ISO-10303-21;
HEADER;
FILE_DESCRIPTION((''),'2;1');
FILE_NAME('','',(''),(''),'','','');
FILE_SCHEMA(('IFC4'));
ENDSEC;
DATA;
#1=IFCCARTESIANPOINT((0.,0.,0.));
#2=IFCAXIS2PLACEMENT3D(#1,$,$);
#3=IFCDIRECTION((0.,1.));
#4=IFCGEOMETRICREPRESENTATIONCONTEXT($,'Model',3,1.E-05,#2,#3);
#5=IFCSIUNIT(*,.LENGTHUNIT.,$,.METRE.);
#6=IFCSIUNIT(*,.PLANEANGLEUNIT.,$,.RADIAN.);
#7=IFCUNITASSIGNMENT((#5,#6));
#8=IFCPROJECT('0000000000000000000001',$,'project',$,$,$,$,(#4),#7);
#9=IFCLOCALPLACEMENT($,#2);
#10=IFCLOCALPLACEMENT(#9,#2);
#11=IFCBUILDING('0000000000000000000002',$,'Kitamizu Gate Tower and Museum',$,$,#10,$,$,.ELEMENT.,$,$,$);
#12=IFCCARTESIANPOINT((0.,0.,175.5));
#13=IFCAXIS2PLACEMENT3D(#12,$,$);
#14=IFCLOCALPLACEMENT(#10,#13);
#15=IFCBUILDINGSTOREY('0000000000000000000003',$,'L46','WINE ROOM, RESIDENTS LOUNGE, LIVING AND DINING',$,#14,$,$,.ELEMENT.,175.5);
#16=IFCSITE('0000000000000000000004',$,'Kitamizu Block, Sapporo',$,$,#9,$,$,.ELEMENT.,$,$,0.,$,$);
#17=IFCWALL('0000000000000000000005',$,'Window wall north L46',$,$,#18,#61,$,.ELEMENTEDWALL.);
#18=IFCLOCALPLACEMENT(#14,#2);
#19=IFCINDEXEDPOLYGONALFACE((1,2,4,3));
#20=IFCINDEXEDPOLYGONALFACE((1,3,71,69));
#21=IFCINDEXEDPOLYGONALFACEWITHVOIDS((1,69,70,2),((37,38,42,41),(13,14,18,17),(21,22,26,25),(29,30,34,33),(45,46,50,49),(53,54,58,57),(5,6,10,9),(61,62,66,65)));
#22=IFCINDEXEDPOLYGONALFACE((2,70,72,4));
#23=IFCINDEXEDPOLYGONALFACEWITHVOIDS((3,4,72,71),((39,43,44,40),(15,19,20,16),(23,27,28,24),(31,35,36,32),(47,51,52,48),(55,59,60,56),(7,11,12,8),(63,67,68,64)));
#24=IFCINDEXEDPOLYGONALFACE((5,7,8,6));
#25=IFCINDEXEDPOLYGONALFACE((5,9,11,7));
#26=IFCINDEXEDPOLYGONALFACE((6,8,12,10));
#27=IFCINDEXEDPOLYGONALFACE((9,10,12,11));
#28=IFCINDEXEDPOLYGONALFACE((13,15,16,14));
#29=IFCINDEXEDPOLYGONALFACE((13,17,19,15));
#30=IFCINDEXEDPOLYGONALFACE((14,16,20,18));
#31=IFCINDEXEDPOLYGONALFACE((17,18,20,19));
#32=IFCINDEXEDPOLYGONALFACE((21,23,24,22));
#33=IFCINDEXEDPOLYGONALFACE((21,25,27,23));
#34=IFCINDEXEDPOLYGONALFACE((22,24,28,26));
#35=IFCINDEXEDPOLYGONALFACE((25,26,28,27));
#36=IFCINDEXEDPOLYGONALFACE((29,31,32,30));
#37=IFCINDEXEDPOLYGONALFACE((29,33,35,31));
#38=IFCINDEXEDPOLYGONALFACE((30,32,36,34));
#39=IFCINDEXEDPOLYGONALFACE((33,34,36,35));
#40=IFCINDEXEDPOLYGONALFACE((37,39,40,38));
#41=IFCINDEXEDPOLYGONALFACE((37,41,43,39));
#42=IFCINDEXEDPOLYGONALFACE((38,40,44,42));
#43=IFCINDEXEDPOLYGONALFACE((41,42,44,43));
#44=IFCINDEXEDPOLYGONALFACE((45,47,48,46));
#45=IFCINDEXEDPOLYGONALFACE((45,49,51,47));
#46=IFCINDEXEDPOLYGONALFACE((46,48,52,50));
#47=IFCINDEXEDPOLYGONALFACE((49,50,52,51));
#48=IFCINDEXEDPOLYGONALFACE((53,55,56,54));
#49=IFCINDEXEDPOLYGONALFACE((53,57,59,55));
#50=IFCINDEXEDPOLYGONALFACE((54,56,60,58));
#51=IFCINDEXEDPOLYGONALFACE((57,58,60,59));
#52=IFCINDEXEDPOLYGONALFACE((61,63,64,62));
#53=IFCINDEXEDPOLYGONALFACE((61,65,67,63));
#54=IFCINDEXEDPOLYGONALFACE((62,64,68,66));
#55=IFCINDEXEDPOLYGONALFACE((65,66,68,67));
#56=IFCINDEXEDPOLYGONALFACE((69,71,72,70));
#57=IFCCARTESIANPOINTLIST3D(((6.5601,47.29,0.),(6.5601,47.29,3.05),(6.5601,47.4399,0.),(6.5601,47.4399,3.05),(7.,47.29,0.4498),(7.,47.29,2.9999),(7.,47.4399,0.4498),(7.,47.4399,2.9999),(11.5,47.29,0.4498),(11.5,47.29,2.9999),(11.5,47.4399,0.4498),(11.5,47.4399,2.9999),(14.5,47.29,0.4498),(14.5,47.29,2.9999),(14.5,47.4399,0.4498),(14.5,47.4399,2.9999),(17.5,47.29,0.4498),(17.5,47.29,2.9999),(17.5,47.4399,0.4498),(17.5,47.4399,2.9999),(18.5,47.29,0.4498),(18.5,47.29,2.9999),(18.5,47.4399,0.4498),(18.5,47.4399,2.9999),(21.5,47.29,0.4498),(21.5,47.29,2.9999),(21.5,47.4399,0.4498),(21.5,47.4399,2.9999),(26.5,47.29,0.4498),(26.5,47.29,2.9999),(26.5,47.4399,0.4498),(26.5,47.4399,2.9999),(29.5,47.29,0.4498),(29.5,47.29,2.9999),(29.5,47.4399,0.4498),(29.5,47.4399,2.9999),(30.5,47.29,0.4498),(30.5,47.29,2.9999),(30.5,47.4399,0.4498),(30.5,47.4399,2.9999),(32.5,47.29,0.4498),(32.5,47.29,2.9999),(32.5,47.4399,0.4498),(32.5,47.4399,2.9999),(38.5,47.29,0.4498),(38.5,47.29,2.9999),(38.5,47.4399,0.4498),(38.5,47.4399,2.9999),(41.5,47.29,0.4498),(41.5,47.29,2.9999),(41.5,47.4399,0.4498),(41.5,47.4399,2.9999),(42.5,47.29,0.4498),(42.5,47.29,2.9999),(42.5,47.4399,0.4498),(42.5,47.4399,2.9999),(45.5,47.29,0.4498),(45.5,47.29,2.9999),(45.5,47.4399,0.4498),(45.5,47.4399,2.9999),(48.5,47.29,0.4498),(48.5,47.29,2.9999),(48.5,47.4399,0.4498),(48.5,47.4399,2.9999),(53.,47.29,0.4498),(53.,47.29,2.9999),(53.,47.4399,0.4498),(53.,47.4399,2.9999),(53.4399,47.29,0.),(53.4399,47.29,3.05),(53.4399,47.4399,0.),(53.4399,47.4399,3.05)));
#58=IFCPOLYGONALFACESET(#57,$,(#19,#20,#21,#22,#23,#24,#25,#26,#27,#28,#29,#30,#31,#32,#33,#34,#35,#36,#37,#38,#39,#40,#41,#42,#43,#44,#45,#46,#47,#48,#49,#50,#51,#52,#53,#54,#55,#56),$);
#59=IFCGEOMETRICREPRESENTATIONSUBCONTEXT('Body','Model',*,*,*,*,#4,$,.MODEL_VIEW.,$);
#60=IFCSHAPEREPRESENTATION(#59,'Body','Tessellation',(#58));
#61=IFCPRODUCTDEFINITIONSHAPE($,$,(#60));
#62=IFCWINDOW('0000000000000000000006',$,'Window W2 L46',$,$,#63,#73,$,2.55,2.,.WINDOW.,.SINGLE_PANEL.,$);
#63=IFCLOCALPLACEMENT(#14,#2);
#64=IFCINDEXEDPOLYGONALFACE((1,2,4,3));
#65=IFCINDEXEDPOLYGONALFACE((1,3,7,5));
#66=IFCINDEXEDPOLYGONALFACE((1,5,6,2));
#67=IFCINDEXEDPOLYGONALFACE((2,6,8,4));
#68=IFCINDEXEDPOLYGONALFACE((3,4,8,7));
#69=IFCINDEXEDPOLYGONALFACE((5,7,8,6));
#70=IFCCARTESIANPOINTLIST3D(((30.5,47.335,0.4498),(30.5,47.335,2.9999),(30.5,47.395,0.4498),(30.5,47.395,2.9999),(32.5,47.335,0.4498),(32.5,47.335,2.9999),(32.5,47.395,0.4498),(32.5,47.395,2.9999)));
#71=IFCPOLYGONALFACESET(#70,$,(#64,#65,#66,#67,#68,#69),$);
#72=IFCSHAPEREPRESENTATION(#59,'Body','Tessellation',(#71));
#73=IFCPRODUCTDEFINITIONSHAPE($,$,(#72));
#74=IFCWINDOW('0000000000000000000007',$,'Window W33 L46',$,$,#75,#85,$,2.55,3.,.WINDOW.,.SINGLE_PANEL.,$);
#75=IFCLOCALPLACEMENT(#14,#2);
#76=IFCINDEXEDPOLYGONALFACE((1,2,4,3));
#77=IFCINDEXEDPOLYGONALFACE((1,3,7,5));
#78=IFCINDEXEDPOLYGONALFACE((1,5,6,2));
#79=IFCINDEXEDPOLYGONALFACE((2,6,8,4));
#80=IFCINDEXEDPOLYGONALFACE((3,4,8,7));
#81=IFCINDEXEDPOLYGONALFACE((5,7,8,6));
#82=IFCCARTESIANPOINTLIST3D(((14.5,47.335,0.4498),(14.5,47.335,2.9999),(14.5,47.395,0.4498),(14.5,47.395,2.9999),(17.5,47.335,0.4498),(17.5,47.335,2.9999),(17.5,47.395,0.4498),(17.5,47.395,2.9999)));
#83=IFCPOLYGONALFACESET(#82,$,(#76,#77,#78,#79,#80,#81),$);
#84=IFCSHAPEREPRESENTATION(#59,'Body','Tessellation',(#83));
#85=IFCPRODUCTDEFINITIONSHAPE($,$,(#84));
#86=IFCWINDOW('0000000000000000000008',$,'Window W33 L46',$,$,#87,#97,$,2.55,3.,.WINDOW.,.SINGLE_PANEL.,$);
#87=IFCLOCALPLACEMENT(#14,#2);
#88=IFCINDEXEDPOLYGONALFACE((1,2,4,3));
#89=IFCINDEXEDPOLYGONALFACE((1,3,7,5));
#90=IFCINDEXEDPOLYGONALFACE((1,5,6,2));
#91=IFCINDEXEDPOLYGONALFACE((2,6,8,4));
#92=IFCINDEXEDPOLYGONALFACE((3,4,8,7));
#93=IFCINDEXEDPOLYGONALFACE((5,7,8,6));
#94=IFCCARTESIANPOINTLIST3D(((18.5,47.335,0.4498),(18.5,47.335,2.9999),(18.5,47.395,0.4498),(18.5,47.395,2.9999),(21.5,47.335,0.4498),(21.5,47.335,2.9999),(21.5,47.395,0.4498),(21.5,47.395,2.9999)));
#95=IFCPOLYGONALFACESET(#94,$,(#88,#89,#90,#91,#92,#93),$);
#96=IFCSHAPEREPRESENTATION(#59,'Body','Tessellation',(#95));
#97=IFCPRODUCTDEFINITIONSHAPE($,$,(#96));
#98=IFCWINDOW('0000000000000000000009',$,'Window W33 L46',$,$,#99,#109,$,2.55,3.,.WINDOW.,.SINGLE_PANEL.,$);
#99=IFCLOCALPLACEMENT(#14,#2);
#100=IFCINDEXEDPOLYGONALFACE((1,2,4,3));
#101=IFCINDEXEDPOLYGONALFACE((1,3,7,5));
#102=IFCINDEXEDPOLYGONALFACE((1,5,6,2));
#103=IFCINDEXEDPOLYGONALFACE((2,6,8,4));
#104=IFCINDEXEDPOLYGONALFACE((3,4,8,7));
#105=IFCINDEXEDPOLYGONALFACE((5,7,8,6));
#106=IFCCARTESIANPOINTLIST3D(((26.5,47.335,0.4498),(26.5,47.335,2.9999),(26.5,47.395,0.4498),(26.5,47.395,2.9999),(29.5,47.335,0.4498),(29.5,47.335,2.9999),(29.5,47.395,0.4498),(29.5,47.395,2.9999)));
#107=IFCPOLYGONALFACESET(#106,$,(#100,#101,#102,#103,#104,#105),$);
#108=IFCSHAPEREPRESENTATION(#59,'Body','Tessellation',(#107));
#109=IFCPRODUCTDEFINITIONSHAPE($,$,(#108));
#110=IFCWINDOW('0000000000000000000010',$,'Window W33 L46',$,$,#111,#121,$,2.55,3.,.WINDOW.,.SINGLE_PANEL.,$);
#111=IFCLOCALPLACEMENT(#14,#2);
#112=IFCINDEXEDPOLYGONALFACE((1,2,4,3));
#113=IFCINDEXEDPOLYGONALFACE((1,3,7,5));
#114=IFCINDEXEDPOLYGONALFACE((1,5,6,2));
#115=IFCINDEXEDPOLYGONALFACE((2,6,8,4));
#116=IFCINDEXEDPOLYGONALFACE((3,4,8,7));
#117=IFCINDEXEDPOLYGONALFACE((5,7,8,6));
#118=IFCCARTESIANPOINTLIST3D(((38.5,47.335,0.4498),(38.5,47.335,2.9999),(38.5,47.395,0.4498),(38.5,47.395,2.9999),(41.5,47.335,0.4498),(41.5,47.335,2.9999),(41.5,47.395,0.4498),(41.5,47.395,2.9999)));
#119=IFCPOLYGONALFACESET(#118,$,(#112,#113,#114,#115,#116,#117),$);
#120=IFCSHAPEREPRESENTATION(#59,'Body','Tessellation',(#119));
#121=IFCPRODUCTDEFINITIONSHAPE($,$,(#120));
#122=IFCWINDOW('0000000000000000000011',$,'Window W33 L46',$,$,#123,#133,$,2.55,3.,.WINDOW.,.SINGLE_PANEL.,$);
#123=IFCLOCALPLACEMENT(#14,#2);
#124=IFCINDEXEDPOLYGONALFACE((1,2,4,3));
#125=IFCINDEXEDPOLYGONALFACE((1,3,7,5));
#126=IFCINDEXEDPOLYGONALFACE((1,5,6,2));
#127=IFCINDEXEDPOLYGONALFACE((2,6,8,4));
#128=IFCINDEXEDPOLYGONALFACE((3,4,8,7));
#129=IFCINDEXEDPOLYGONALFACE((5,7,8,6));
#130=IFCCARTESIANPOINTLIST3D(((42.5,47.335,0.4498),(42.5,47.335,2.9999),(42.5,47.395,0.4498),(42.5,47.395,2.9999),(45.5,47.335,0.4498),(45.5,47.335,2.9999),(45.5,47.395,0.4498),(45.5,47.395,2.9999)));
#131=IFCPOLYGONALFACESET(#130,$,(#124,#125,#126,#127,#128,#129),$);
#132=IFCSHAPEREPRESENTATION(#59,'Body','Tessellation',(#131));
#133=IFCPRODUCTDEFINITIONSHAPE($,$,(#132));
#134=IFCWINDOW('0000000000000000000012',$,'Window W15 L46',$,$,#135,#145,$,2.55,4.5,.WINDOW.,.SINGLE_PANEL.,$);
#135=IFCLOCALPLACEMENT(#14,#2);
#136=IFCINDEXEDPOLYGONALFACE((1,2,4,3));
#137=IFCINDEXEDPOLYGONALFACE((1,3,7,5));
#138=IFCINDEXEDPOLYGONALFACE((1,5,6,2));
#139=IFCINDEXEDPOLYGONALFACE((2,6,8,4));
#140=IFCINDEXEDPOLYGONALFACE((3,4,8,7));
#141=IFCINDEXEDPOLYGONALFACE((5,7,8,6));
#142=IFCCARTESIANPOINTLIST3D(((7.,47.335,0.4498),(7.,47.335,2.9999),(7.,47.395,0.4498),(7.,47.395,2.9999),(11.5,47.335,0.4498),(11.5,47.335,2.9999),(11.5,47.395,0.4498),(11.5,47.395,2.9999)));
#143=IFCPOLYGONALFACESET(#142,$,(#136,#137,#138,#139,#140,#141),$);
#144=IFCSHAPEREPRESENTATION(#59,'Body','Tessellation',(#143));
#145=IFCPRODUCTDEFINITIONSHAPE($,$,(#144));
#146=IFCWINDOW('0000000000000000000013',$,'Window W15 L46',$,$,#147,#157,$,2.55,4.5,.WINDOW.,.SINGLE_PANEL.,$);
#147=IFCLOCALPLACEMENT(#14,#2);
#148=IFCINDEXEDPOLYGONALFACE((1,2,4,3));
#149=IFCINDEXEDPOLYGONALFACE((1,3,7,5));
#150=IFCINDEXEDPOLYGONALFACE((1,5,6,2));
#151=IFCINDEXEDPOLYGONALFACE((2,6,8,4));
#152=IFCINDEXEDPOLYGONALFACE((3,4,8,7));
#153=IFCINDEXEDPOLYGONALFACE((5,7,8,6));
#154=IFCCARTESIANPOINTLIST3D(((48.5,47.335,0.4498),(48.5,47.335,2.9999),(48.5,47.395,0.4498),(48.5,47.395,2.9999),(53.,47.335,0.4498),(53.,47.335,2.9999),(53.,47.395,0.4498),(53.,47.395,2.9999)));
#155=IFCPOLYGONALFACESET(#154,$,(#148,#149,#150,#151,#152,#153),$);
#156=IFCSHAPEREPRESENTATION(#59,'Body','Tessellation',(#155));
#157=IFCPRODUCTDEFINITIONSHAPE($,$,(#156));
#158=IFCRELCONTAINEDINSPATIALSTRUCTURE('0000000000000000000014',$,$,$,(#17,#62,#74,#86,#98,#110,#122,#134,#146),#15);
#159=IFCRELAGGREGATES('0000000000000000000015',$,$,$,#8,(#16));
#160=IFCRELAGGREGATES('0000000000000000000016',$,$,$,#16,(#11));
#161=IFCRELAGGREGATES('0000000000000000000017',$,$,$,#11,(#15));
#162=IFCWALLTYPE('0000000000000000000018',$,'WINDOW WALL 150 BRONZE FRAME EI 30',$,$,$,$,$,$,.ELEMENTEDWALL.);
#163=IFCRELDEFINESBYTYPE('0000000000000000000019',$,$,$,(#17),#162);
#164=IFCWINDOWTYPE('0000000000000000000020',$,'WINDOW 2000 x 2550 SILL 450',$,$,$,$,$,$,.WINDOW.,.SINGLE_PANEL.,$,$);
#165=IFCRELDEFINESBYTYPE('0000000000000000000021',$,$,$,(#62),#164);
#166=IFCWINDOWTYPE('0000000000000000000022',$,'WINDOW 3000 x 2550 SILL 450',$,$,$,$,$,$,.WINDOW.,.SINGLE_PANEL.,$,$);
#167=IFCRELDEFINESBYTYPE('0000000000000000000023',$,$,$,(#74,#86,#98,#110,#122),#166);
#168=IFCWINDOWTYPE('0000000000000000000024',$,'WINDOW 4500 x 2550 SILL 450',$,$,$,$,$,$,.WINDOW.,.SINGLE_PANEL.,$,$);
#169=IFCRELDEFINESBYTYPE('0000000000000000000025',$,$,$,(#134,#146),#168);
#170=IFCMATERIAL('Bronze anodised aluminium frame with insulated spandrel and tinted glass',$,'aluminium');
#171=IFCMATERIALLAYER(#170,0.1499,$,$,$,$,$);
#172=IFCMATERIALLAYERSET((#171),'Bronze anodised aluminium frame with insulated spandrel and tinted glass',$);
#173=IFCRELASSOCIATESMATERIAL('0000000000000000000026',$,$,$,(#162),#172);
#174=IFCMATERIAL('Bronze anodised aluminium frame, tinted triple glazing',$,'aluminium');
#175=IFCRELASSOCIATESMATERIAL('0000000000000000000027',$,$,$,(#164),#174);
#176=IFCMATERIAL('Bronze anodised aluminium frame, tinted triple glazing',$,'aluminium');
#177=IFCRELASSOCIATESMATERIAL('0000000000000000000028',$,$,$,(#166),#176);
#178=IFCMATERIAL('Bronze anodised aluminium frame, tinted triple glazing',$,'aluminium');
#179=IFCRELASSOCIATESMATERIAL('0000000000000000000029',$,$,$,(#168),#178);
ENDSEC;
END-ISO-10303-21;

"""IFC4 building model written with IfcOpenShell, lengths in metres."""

from ifc_helpers import new_model, si_unit, direction, frame, frame_2d, origin, place, context, subcontext, project, spatial, rectangle, extrude, material, layer, layer_set, type_object, element, fill, save


model = new_model("IFC4")

# Units and contexts
model_context = context("Model", 3, precision=1e-05, world=origin(), true_north=direction((0.0, 1.0)))
body_context = subcontext(model_context, "Body", "Model", "MODEL_VIEW")
ifc_project = project(units=[si_unit("LENGTHUNIT", "METRE"), si_unit("PLANEANGLEUNIT", "RADIAN")], contexts=[model_context])

# Site, building, storey
site_placement = place(None, origin())
site = spatial("IfcSite", under=ifc_project, at=site_placement, Name="Kitamizu Block, Sapporo", CompositionType="ELEMENT", RefElevation=0.0)
building_placement = place(site_placement, origin())
building = spatial("IfcBuilding", under=site, at=building_placement, Name="Kitamizu Gate Tower and Museum", CompositionType="ELEMENT")
storey_placement = place(building_placement, frame((0.0, 0.0, 175.5)))
storey = spatial("IfcBuildingStorey", under=building, at=storey_placement, Name="L46", Description="WINE ROOM, RESIDENTS LOUNGE, LIVING AND DINING", CompositionType="ELEMENT", Elevation=175.5)

# Wall, openings, windows
ifc_material_1 = material(Name="Bronze anodised aluminium frame with insulated spandrel and tinted glass", Category="aluminium")
ifc_layer_1 = layer(ifc_material_1, 0.1499)
ifc_layer_set_1 = layer_set([ifc_layer_1], Name="Bronze anodised aluminium frame with insulated spandrel and tinted glass")
wall_type_1 = type_object("IfcWallType", Name="WINDOW WALL 150 BRONZE FRAME EI 30", PredefinedType="ELEMENTEDWALL", material=ifc_layer_set_1)
wall_1_placement = place(storey_placement, frame((6.5601, 47.365, 0.0), z_axis=(0.0, 0.0, 1.0), x_axis=(1.0, 0.0, 0.0)))
wall_1 = element("IfcWall", 1, at=wall_1_placement, inside=storey, type_object=wall_type_1, Name="Window wall north L46", PredefinedType="ELEMENTEDWALL", context=body_context, shape_type="SweptSolid", body=[
    extrude(rectangle(XDim=46.8799, YDim=0.1499, at=frame_2d((23.4399, 0.0))), origin(), (0.0, 0.0, 1.0), 3.05),
])
opening_1_placement = place(wall_1_placement, frame((0.4399, 0.0, 0.45)))
opening_1 = element("IfcOpeningElement", 2, at=opening_1_placement, cuts=wall_1, PredefinedType="OPENING", context=body_context, shape_type="SweptSolid", body=[
    extrude(rectangle(XDim=4.5, YDim=2.55, at=frame_2d((2.25, 1.2749))), frame((0.0, 0.085, 0.0), z_axis=(0.0, -1.0, 0.0), x_axis=(1.0, 0.0, 0.0)), (0.0, 0.0, 1.0), 0.1699),
])
opening_2_placement = place(wall_1_placement, frame((7.9399, 0.0, 0.45)))
opening_2 = element("IfcOpeningElement", 3, at=opening_2_placement, cuts=wall_1, PredefinedType="OPENING", context=body_context, shape_type="SweptSolid", body=[
    extrude(rectangle(XDim=3.0, YDim=2.55, at=frame_2d((1.5, 1.2749))), frame((0.0, 0.085, 0.0), z_axis=(0.0, -1.0, 0.0), x_axis=(1.0, 0.0, 0.0)), (0.0, 0.0, 1.0), 0.1699),
])
opening_3_placement = place(wall_1_placement, frame((11.9399, 0.0, 0.45)))
opening_3 = element("IfcOpeningElement", 4, at=opening_3_placement, cuts=wall_1, PredefinedType="OPENING", context=body_context, shape_type="SweptSolid", body=[
    extrude(rectangle(XDim=3.0, YDim=2.55, at=frame_2d((1.5, 1.2749))), frame((0.0, 0.085, 0.0), z_axis=(0.0, -1.0, 0.0), x_axis=(1.0, 0.0, 0.0)), (0.0, 0.0, 1.0), 0.1699),
])
opening_4_placement = place(wall_1_placement, frame((19.9399, 0.0, 0.45)))
opening_4 = element("IfcOpeningElement", 5, at=opening_4_placement, cuts=wall_1, PredefinedType="OPENING", context=body_context, shape_type="SweptSolid", body=[
    extrude(rectangle(XDim=3.0, YDim=2.55, at=frame_2d((1.5, 1.2749))), frame((0.0, 0.085, 0.0), z_axis=(0.0, -1.0, 0.0), x_axis=(1.0, 0.0, 0.0)), (0.0, 0.0, 1.0), 0.1699),
])
opening_5_placement = place(wall_1_placement, frame((23.9399, 0.0, 0.45)))
opening_5 = element("IfcOpeningElement", 6, at=opening_5_placement, cuts=wall_1, PredefinedType="OPENING", context=body_context, shape_type="SweptSolid", body=[
    extrude(rectangle(XDim=2.0, YDim=2.55, at=frame_2d((1.0, 1.2749))), frame((0.0, 0.085, 0.0), z_axis=(0.0, -1.0, 0.0), x_axis=(1.0, 0.0, 0.0)), (0.0, 0.0, 1.0), 0.1699),
])
opening_6_placement = place(wall_1_placement, frame((31.9399, 0.0, 0.45)))
opening_6 = element("IfcOpeningElement", 7, at=opening_6_placement, cuts=wall_1, PredefinedType="OPENING", context=body_context, shape_type="SweptSolid", body=[
    extrude(rectangle(XDim=3.0, YDim=2.55, at=frame_2d((1.5, 1.2749))), frame((0.0, 0.085, 0.0), z_axis=(0.0, -1.0, 0.0), x_axis=(1.0, 0.0, 0.0)), (0.0, 0.0, 1.0), 0.1699),
])
opening_7_placement = place(wall_1_placement, frame((35.9399, 0.0, 0.45)))
opening_7 = element("IfcOpeningElement", 8, at=opening_7_placement, cuts=wall_1, PredefinedType="OPENING", context=body_context, shape_type="SweptSolid", body=[
    extrude(rectangle(XDim=3.0, YDim=2.55, at=frame_2d((1.5, 1.2749))), frame((0.0, 0.085, 0.0), z_axis=(0.0, -1.0, 0.0), x_axis=(1.0, 0.0, 0.0)), (0.0, 0.0, 1.0), 0.1699),
])
opening_8_placement = place(wall_1_placement, frame((41.9399, 0.0, 0.45)))
opening_8 = element("IfcOpeningElement", 9, at=opening_8_placement, cuts=wall_1, PredefinedType="OPENING", context=body_context, shape_type="SweptSolid", body=[
    extrude(rectangle(XDim=4.5, YDim=2.55, at=frame_2d((2.25, 1.2749))), frame((0.0, 0.085, 0.0), z_axis=(0.0, -1.0, 0.0), x_axis=(1.0, 0.0, 0.0)), (0.0, 0.0, 1.0), 0.1699),
])
ifc_material_2 = material(Name="Bronze anodised aluminium frame, tinted triple glazing", Category="aluminium")
window_type_1 = type_object("IfcWindowType", Name="WINDOW 2000 x 2550 SILL 450", PartitioningType="SINGLE_PANEL", PredefinedType="WINDOW", material=ifc_material_2)
window_1_placement = place(opening_5_placement, origin())
window_1 = element("IfcWindow", 10, at=window_1_placement, inside=storey, type_object=window_type_1, Name="Window W2 L46", OverallHeight=2.55, OverallWidth=2.0, PartitioningType="SINGLE_PANEL", PredefinedType="WINDOW", context=body_context, shape_type="SweptSolid", body=[
    extrude(rectangle(XDim=2.0, YDim=2.55, at=frame_2d((1.0, 1.2749))), frame((0.0, 0.03, 0.0), z_axis=(0.0, -1.0, 0.0), x_axis=(1.0, 0.0, 0.0)), (0.0, 0.0, 1.0), 0.0601),
])
fill(opening_5, window_1)
ifc_material_3 = material(Name="Bronze anodised aluminium frame, tinted triple glazing", Category="aluminium")
window_type_2 = type_object("IfcWindowType", Name="WINDOW 3000 x 2550 SILL 450", PartitioningType="SINGLE_PANEL", PredefinedType="WINDOW", material=ifc_material_3)
window_2_placement = place(opening_2_placement, origin())
window_2 = element("IfcWindow", 11, at=window_2_placement, inside=storey, type_object=window_type_2, Name="Window W33 L46", OverallHeight=2.55, OverallWidth=3.0, PartitioningType="SINGLE_PANEL", PredefinedType="WINDOW", context=body_context, shape_type="SweptSolid", body=[
    extrude(rectangle(XDim=3.0, YDim=2.55, at=frame_2d((1.5, 1.2749))), frame((0.0, 0.03, 0.0), z_axis=(0.0, -1.0, 0.0), x_axis=(1.0, 0.0, 0.0)), (0.0, 0.0, 1.0), 0.0601),
])
fill(opening_2, window_2)
window_3_placement = place(opening_3_placement, origin())
window_3 = element("IfcWindow", 12, at=window_3_placement, inside=storey, type_object=window_type_2, Name="Window W33 L46", OverallHeight=2.55, OverallWidth=3.0, PartitioningType="SINGLE_PANEL", PredefinedType="WINDOW", context=body_context, shape_type="SweptSolid", body=[
    extrude(rectangle(XDim=3.0, YDim=2.55, at=frame_2d((1.5, 1.2749))), frame((0.0, 0.03, 0.0), z_axis=(0.0, -1.0, 0.0), x_axis=(1.0, 0.0, 0.0)), (0.0, 0.0, 1.0), 0.0601),
])
fill(opening_3, window_3)
window_4_placement = place(opening_4_placement, origin())
window_4 = element("IfcWindow", 13, at=window_4_placement, inside=storey, type_object=window_type_2, Name="Window W33 L46", OverallHeight=2.55, OverallWidth=3.0, PartitioningType="SINGLE_PANEL", PredefinedType="WINDOW", context=body_context, shape_type="SweptSolid", body=[
    extrude(rectangle(XDim=3.0, YDim=2.55, at=frame_2d((1.5, 1.2749))), frame((0.0, 0.03, 0.0), z_axis=(0.0, -1.0, 0.0), x_axis=(1.0, 0.0, 0.0)), (0.0, 0.0, 1.0), 0.0601),
])
fill(opening_4, window_4)
window_5_placement = place(opening_6_placement, origin())
window_5 = element("IfcWindow", 14, at=window_5_placement, inside=storey, type_object=window_type_2, Name="Window W33 L46", OverallHeight=2.55, OverallWidth=3.0, PartitioningType="SINGLE_PANEL", PredefinedType="WINDOW", context=body_context, shape_type="SweptSolid", body=[
    extrude(rectangle(XDim=3.0, YDim=2.55, at=frame_2d((1.5, 1.2749))), frame((0.0, 0.03, 0.0), z_axis=(0.0, -1.0, 0.0), x_axis=(1.0, 0.0, 0.0)), (0.0, 0.0, 1.0), 0.0601),
])
fill(opening_6, window_5)
window_6_placement = place(opening_7_placement, origin())
window_6 = element("IfcWindow", 15, at=window_6_placement, inside=storey, type_object=window_type_2, Name="Window W33 L46", OverallHeight=2.55, OverallWidth=3.0, PartitioningType="SINGLE_PANEL", PredefinedType="WINDOW", context=body_context, shape_type="SweptSolid", body=[
    extrude(rectangle(XDim=3.0, YDim=2.55, at=frame_2d((1.5, 1.2749))), frame((0.0, 0.03, 0.0), z_axis=(0.0, -1.0, 0.0), x_axis=(1.0, 0.0, 0.0)), (0.0, 0.0, 1.0), 0.0601),
])
fill(opening_7, window_6)
ifc_material_4 = material(Name="Bronze anodised aluminium frame, tinted triple glazing", Category="aluminium")
window_type_3 = type_object("IfcWindowType", Name="WINDOW 4500 x 2550 SILL 450", PartitioningType="SINGLE_PANEL", PredefinedType="WINDOW", material=ifc_material_4)
window_7_placement = place(opening_1_placement, origin())
window_7 = element("IfcWindow", 16, at=window_7_placement, inside=storey, type_object=window_type_3, Name="Window W15 L46", OverallHeight=2.55, OverallWidth=4.5, PartitioningType="SINGLE_PANEL", PredefinedType="WINDOW", context=body_context, shape_type="SweptSolid", body=[
    extrude(rectangle(XDim=4.5, YDim=2.55, at=frame_2d((2.25, 1.2749))), frame((0.0, 0.03, 0.0), z_axis=(0.0, -1.0, 0.0), x_axis=(1.0, 0.0, 0.0)), (0.0, 0.0, 1.0), 0.0601),
])
fill(opening_1, window_7)
window_8_placement = place(opening_8_placement, origin())
window_8 = element("IfcWindow", 17, at=window_8_placement, inside=storey, type_object=window_type_3, Name="Window W15 L46", OverallHeight=2.55, OverallWidth=4.5, PartitioningType="SINGLE_PANEL", PredefinedType="WINDOW", context=body_context, shape_type="SweptSolid", body=[
    extrude(rectangle(XDim=4.5, YDim=2.55, at=frame_2d((2.25, 1.2749))), frame((0.0, 0.03, 0.0), z_axis=(0.0, -1.0, 0.0), x_axis=(1.0, 0.0, 0.0)), (0.0, 0.0, 1.0), 0.0601),
])
fill(opening_8, window_8)

save(model, "model.ifc")
